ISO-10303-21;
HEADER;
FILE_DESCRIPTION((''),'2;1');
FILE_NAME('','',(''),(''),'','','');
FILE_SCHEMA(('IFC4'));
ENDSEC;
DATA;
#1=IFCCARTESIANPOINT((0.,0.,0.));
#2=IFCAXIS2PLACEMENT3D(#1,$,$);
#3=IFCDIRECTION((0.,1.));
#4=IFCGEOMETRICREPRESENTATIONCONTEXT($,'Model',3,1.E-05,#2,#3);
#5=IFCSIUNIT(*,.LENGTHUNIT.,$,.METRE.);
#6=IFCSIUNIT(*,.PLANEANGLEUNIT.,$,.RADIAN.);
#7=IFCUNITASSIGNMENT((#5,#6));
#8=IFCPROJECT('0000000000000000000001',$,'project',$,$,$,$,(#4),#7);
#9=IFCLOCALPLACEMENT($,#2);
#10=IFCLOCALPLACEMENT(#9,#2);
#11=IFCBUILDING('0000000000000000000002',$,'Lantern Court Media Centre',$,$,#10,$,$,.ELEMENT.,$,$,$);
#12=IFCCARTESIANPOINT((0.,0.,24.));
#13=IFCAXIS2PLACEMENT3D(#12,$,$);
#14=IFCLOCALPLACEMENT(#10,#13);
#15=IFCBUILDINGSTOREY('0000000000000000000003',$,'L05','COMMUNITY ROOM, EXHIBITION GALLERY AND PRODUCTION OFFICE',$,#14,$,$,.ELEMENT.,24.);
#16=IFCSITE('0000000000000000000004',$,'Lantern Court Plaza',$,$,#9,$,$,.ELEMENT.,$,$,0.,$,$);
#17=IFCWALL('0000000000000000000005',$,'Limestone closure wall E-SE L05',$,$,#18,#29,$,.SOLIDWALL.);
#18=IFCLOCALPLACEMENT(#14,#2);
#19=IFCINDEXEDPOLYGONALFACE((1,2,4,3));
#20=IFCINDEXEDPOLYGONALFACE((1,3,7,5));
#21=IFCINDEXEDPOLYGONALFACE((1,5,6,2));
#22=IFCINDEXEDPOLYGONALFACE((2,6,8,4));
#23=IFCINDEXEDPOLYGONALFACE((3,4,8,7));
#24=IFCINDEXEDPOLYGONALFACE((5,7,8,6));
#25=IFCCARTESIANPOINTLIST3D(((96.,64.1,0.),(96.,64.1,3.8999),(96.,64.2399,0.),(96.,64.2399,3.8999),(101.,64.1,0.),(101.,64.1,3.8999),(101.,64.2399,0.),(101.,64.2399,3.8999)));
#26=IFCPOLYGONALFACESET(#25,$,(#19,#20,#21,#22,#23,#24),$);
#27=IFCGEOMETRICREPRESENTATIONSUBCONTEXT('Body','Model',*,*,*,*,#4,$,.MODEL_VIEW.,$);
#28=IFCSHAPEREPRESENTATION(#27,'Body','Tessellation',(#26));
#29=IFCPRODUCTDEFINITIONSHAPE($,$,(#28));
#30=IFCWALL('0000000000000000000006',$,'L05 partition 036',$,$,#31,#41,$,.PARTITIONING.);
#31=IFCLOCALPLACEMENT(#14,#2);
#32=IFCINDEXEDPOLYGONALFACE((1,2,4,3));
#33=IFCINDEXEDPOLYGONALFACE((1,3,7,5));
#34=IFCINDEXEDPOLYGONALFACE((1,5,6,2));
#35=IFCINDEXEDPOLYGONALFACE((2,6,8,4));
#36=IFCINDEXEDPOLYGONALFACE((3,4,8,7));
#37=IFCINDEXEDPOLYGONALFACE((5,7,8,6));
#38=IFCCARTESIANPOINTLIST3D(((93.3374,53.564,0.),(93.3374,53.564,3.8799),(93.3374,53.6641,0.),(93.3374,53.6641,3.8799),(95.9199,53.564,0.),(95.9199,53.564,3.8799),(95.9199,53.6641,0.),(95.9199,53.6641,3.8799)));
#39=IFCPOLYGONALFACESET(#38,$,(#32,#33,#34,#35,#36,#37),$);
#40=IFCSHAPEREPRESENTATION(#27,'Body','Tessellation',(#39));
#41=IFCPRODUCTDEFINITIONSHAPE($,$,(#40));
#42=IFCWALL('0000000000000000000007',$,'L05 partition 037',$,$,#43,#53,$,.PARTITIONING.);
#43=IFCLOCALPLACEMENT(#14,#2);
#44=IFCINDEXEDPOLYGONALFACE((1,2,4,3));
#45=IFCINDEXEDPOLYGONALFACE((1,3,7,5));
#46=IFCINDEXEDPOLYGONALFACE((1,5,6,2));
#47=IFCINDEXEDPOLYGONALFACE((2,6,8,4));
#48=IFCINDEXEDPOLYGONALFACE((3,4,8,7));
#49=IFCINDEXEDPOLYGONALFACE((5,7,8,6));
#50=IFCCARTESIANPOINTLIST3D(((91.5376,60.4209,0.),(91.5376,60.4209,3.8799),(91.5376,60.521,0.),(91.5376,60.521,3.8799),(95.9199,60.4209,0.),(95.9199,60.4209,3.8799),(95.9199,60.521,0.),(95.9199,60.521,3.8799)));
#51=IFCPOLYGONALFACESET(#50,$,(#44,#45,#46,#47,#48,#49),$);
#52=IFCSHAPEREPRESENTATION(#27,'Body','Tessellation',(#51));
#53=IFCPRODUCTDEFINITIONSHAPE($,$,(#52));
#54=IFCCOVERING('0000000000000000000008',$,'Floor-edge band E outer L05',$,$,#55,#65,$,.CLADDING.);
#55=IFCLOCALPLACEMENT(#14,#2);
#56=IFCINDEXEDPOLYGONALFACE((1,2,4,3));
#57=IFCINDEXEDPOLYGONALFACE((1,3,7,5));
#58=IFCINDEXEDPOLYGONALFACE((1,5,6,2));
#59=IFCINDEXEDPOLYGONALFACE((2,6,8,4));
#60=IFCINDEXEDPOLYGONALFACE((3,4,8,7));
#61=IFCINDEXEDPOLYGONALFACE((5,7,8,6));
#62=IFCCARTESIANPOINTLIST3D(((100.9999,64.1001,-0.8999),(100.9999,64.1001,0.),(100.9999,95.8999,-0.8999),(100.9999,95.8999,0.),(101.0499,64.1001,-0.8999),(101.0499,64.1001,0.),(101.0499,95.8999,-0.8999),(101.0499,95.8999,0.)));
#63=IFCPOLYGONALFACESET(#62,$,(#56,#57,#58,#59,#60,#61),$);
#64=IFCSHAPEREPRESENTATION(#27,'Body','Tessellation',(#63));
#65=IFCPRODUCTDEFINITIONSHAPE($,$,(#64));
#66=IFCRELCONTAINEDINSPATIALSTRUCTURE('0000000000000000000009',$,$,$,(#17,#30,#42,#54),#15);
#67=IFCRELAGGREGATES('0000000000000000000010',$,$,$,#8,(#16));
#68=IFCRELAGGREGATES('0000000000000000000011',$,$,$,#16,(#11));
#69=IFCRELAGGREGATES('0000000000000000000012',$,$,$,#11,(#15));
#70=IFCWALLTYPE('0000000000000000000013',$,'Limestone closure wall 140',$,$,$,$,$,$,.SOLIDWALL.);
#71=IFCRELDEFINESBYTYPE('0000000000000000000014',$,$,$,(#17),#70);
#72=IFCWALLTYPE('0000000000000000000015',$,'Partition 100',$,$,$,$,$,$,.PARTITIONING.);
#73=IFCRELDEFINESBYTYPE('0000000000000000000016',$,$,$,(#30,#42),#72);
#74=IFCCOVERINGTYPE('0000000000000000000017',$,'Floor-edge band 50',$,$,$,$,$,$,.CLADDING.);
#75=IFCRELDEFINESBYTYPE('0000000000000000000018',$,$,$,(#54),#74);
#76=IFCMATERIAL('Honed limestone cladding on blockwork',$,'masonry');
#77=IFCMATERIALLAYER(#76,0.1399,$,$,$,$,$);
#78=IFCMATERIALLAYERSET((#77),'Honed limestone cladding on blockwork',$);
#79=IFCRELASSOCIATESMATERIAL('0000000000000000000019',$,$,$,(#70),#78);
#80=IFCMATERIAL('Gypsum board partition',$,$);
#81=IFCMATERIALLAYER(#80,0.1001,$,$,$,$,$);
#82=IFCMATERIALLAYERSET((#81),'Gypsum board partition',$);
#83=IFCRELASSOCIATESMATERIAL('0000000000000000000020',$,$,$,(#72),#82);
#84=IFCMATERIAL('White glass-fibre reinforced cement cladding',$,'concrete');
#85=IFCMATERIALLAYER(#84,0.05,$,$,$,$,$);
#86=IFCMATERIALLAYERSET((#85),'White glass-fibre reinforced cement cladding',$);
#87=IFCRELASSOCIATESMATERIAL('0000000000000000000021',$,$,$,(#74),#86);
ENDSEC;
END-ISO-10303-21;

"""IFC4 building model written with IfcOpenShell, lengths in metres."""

from ifc_helpers import new_model, si_unit, direction, frame, frame_2d, origin, place, context, subcontext, project, spatial, rectangle, extrude, material, layer, layer_set, type_object, element, save


model = new_model("IFC4")

# Units and contexts
model_context = context("Model", 3, precision=1e-05, world=origin(), true_north=direction((0.0, 1.0)))
body_context = subcontext(model_context, "Body", "Model", "MODEL_VIEW")
ifc_project = project(units=[si_unit("LENGTHUNIT", "METRE"), si_unit("PLANEANGLEUNIT", "RADIAN")], contexts=[model_context])

# Site, building, storey
site_placement = place(None, origin())
site = spatial("IfcSite", under=ifc_project, at=site_placement, Name="Lantern Court Plaza", CompositionType="ELEMENT", RefElevation=0.0)
building_placement = place(site_placement, origin())
building = spatial("IfcBuilding", under=site, at=building_placement, Name="Lantern Court Media Centre", CompositionType="ELEMENT")
storey_placement = place(building_placement, frame((0.0, 0.0, 24.0)))
storey = spatial("IfcBuildingStorey", under=building, at=storey_placement, Name="L05", Description="COMMUNITY ROOM, EXHIBITION GALLERY AND PRODUCTION OFFICE", CompositionType="ELEMENT", Elevation=24.0)

# Shared definitions
ifc_material_1 = material(Name="Gypsum board partition")

# Walls
ifc_material_2 = material(Name="Honed limestone cladding on blockwork", Category="masonry")
ifc_layer_1 = layer(ifc_material_2, 0.1399)
ifc_layer_set_1 = layer_set([ifc_layer_1], Name="Honed limestone cladding on blockwork")
wall_type_1 = type_object("IfcWallType", Name="Limestone closure wall 140", PredefinedType="SOLIDWALL", material=ifc_layer_set_1)
wall_1_placement = place(storey_placement, frame((96.0, 64.1699, 0.0), z_axis=(0.0, 0.0, 1.0), x_axis=(1.0, 0.0, 0.0)))
element("IfcWall", 1, at=wall_1_placement, inside=storey, type_object=wall_type_1, Name="Limestone closure wall E-SE L05", PredefinedType="SOLIDWALL", context=body_context, shape_type="SweptSolid", body=[
    extrude(rectangle(XDim=5.0, YDim=0.1399, at=frame_2d((2.5, 0.0))), origin(), (0.0, 0.0, 1.0), 3.8999),
])
ifc_layer_2 = layer(ifc_material_1, 0.1001)
ifc_layer_set_2 = layer_set([ifc_layer_2], Name="Gypsum board partition")
wall_type_2 = type_object("IfcWallType", Name="Partition 100", PredefinedType="PARTITIONING", material=ifc_layer_set_2)
wall_2_placement = place(storey_placement, frame((93.3374, 53.614, 0.0), z_axis=(0.0, 0.0, 1.0), x_axis=(1.0, 0.0, 0.0)))
element("IfcWall", 2, at=wall_2_placement, inside=storey, type_object=wall_type_2, Name="L05 partition 036", PredefinedType="PARTITIONING", context=body_context, shape_type="SweptSolid", body=[
    extrude(rectangle(XDim=2.5825, YDim=0.1001, at=frame_2d((1.2913, 0.0))), origin(), (0.0, 0.0, 1.0), 3.8799),
])
wall_3_placement = place(storey_placement, frame((91.5376, 60.4709, 0.0), z_axis=(0.0, 0.0, 1.0), x_axis=(1.0, 0.0, 0.0)))
element("IfcWall", 3, at=wall_3_placement, inside=storey, type_object=wall_type_2, Name="L05 partition 037", PredefinedType="PARTITIONING", context=body_context, shape_type="SweptSolid", body=[
    extrude(rectangle(XDim=4.3823, YDim=0.1001, at=frame_2d((2.1912, 0.0))), origin(), (0.0, 0.0, 1.0), 3.8799),
])

# Covering
ifc_material_3 = material(Name="White glass-fibre reinforced cement cladding", Category="concrete")
ifc_layer_3 = layer(ifc_material_3, 0.05)
ifc_layer_set_3 = layer_set([ifc_layer_3], Name="White glass-fibre reinforced cement cladding")
covering_type = type_object("IfcCoveringType", Name="Floor-edge band 50", PredefinedType="CLADDING", material=ifc_layer_set_3)
covering_placement = place(storey_placement, frame((101.0249, 64.1001, -0.8999), z_axis=(0.0, 0.0, 1.0), x_axis=(0.0, 1.0, 0.0)))
element("IfcCovering", 4, at=covering_placement, inside=storey, type_object=covering_type, Name="Floor-edge band E outer L05", PredefinedType="CLADDING", context=body_context, shape_type="SweptSolid", body=[
    extrude(rectangle(XDim=31.7998, YDim=0.05, at=frame_2d((15.8999, 0.0))), origin(), (0.0, 0.0, 1.0), 0.8999),
])

save(model, "model.ifc")
